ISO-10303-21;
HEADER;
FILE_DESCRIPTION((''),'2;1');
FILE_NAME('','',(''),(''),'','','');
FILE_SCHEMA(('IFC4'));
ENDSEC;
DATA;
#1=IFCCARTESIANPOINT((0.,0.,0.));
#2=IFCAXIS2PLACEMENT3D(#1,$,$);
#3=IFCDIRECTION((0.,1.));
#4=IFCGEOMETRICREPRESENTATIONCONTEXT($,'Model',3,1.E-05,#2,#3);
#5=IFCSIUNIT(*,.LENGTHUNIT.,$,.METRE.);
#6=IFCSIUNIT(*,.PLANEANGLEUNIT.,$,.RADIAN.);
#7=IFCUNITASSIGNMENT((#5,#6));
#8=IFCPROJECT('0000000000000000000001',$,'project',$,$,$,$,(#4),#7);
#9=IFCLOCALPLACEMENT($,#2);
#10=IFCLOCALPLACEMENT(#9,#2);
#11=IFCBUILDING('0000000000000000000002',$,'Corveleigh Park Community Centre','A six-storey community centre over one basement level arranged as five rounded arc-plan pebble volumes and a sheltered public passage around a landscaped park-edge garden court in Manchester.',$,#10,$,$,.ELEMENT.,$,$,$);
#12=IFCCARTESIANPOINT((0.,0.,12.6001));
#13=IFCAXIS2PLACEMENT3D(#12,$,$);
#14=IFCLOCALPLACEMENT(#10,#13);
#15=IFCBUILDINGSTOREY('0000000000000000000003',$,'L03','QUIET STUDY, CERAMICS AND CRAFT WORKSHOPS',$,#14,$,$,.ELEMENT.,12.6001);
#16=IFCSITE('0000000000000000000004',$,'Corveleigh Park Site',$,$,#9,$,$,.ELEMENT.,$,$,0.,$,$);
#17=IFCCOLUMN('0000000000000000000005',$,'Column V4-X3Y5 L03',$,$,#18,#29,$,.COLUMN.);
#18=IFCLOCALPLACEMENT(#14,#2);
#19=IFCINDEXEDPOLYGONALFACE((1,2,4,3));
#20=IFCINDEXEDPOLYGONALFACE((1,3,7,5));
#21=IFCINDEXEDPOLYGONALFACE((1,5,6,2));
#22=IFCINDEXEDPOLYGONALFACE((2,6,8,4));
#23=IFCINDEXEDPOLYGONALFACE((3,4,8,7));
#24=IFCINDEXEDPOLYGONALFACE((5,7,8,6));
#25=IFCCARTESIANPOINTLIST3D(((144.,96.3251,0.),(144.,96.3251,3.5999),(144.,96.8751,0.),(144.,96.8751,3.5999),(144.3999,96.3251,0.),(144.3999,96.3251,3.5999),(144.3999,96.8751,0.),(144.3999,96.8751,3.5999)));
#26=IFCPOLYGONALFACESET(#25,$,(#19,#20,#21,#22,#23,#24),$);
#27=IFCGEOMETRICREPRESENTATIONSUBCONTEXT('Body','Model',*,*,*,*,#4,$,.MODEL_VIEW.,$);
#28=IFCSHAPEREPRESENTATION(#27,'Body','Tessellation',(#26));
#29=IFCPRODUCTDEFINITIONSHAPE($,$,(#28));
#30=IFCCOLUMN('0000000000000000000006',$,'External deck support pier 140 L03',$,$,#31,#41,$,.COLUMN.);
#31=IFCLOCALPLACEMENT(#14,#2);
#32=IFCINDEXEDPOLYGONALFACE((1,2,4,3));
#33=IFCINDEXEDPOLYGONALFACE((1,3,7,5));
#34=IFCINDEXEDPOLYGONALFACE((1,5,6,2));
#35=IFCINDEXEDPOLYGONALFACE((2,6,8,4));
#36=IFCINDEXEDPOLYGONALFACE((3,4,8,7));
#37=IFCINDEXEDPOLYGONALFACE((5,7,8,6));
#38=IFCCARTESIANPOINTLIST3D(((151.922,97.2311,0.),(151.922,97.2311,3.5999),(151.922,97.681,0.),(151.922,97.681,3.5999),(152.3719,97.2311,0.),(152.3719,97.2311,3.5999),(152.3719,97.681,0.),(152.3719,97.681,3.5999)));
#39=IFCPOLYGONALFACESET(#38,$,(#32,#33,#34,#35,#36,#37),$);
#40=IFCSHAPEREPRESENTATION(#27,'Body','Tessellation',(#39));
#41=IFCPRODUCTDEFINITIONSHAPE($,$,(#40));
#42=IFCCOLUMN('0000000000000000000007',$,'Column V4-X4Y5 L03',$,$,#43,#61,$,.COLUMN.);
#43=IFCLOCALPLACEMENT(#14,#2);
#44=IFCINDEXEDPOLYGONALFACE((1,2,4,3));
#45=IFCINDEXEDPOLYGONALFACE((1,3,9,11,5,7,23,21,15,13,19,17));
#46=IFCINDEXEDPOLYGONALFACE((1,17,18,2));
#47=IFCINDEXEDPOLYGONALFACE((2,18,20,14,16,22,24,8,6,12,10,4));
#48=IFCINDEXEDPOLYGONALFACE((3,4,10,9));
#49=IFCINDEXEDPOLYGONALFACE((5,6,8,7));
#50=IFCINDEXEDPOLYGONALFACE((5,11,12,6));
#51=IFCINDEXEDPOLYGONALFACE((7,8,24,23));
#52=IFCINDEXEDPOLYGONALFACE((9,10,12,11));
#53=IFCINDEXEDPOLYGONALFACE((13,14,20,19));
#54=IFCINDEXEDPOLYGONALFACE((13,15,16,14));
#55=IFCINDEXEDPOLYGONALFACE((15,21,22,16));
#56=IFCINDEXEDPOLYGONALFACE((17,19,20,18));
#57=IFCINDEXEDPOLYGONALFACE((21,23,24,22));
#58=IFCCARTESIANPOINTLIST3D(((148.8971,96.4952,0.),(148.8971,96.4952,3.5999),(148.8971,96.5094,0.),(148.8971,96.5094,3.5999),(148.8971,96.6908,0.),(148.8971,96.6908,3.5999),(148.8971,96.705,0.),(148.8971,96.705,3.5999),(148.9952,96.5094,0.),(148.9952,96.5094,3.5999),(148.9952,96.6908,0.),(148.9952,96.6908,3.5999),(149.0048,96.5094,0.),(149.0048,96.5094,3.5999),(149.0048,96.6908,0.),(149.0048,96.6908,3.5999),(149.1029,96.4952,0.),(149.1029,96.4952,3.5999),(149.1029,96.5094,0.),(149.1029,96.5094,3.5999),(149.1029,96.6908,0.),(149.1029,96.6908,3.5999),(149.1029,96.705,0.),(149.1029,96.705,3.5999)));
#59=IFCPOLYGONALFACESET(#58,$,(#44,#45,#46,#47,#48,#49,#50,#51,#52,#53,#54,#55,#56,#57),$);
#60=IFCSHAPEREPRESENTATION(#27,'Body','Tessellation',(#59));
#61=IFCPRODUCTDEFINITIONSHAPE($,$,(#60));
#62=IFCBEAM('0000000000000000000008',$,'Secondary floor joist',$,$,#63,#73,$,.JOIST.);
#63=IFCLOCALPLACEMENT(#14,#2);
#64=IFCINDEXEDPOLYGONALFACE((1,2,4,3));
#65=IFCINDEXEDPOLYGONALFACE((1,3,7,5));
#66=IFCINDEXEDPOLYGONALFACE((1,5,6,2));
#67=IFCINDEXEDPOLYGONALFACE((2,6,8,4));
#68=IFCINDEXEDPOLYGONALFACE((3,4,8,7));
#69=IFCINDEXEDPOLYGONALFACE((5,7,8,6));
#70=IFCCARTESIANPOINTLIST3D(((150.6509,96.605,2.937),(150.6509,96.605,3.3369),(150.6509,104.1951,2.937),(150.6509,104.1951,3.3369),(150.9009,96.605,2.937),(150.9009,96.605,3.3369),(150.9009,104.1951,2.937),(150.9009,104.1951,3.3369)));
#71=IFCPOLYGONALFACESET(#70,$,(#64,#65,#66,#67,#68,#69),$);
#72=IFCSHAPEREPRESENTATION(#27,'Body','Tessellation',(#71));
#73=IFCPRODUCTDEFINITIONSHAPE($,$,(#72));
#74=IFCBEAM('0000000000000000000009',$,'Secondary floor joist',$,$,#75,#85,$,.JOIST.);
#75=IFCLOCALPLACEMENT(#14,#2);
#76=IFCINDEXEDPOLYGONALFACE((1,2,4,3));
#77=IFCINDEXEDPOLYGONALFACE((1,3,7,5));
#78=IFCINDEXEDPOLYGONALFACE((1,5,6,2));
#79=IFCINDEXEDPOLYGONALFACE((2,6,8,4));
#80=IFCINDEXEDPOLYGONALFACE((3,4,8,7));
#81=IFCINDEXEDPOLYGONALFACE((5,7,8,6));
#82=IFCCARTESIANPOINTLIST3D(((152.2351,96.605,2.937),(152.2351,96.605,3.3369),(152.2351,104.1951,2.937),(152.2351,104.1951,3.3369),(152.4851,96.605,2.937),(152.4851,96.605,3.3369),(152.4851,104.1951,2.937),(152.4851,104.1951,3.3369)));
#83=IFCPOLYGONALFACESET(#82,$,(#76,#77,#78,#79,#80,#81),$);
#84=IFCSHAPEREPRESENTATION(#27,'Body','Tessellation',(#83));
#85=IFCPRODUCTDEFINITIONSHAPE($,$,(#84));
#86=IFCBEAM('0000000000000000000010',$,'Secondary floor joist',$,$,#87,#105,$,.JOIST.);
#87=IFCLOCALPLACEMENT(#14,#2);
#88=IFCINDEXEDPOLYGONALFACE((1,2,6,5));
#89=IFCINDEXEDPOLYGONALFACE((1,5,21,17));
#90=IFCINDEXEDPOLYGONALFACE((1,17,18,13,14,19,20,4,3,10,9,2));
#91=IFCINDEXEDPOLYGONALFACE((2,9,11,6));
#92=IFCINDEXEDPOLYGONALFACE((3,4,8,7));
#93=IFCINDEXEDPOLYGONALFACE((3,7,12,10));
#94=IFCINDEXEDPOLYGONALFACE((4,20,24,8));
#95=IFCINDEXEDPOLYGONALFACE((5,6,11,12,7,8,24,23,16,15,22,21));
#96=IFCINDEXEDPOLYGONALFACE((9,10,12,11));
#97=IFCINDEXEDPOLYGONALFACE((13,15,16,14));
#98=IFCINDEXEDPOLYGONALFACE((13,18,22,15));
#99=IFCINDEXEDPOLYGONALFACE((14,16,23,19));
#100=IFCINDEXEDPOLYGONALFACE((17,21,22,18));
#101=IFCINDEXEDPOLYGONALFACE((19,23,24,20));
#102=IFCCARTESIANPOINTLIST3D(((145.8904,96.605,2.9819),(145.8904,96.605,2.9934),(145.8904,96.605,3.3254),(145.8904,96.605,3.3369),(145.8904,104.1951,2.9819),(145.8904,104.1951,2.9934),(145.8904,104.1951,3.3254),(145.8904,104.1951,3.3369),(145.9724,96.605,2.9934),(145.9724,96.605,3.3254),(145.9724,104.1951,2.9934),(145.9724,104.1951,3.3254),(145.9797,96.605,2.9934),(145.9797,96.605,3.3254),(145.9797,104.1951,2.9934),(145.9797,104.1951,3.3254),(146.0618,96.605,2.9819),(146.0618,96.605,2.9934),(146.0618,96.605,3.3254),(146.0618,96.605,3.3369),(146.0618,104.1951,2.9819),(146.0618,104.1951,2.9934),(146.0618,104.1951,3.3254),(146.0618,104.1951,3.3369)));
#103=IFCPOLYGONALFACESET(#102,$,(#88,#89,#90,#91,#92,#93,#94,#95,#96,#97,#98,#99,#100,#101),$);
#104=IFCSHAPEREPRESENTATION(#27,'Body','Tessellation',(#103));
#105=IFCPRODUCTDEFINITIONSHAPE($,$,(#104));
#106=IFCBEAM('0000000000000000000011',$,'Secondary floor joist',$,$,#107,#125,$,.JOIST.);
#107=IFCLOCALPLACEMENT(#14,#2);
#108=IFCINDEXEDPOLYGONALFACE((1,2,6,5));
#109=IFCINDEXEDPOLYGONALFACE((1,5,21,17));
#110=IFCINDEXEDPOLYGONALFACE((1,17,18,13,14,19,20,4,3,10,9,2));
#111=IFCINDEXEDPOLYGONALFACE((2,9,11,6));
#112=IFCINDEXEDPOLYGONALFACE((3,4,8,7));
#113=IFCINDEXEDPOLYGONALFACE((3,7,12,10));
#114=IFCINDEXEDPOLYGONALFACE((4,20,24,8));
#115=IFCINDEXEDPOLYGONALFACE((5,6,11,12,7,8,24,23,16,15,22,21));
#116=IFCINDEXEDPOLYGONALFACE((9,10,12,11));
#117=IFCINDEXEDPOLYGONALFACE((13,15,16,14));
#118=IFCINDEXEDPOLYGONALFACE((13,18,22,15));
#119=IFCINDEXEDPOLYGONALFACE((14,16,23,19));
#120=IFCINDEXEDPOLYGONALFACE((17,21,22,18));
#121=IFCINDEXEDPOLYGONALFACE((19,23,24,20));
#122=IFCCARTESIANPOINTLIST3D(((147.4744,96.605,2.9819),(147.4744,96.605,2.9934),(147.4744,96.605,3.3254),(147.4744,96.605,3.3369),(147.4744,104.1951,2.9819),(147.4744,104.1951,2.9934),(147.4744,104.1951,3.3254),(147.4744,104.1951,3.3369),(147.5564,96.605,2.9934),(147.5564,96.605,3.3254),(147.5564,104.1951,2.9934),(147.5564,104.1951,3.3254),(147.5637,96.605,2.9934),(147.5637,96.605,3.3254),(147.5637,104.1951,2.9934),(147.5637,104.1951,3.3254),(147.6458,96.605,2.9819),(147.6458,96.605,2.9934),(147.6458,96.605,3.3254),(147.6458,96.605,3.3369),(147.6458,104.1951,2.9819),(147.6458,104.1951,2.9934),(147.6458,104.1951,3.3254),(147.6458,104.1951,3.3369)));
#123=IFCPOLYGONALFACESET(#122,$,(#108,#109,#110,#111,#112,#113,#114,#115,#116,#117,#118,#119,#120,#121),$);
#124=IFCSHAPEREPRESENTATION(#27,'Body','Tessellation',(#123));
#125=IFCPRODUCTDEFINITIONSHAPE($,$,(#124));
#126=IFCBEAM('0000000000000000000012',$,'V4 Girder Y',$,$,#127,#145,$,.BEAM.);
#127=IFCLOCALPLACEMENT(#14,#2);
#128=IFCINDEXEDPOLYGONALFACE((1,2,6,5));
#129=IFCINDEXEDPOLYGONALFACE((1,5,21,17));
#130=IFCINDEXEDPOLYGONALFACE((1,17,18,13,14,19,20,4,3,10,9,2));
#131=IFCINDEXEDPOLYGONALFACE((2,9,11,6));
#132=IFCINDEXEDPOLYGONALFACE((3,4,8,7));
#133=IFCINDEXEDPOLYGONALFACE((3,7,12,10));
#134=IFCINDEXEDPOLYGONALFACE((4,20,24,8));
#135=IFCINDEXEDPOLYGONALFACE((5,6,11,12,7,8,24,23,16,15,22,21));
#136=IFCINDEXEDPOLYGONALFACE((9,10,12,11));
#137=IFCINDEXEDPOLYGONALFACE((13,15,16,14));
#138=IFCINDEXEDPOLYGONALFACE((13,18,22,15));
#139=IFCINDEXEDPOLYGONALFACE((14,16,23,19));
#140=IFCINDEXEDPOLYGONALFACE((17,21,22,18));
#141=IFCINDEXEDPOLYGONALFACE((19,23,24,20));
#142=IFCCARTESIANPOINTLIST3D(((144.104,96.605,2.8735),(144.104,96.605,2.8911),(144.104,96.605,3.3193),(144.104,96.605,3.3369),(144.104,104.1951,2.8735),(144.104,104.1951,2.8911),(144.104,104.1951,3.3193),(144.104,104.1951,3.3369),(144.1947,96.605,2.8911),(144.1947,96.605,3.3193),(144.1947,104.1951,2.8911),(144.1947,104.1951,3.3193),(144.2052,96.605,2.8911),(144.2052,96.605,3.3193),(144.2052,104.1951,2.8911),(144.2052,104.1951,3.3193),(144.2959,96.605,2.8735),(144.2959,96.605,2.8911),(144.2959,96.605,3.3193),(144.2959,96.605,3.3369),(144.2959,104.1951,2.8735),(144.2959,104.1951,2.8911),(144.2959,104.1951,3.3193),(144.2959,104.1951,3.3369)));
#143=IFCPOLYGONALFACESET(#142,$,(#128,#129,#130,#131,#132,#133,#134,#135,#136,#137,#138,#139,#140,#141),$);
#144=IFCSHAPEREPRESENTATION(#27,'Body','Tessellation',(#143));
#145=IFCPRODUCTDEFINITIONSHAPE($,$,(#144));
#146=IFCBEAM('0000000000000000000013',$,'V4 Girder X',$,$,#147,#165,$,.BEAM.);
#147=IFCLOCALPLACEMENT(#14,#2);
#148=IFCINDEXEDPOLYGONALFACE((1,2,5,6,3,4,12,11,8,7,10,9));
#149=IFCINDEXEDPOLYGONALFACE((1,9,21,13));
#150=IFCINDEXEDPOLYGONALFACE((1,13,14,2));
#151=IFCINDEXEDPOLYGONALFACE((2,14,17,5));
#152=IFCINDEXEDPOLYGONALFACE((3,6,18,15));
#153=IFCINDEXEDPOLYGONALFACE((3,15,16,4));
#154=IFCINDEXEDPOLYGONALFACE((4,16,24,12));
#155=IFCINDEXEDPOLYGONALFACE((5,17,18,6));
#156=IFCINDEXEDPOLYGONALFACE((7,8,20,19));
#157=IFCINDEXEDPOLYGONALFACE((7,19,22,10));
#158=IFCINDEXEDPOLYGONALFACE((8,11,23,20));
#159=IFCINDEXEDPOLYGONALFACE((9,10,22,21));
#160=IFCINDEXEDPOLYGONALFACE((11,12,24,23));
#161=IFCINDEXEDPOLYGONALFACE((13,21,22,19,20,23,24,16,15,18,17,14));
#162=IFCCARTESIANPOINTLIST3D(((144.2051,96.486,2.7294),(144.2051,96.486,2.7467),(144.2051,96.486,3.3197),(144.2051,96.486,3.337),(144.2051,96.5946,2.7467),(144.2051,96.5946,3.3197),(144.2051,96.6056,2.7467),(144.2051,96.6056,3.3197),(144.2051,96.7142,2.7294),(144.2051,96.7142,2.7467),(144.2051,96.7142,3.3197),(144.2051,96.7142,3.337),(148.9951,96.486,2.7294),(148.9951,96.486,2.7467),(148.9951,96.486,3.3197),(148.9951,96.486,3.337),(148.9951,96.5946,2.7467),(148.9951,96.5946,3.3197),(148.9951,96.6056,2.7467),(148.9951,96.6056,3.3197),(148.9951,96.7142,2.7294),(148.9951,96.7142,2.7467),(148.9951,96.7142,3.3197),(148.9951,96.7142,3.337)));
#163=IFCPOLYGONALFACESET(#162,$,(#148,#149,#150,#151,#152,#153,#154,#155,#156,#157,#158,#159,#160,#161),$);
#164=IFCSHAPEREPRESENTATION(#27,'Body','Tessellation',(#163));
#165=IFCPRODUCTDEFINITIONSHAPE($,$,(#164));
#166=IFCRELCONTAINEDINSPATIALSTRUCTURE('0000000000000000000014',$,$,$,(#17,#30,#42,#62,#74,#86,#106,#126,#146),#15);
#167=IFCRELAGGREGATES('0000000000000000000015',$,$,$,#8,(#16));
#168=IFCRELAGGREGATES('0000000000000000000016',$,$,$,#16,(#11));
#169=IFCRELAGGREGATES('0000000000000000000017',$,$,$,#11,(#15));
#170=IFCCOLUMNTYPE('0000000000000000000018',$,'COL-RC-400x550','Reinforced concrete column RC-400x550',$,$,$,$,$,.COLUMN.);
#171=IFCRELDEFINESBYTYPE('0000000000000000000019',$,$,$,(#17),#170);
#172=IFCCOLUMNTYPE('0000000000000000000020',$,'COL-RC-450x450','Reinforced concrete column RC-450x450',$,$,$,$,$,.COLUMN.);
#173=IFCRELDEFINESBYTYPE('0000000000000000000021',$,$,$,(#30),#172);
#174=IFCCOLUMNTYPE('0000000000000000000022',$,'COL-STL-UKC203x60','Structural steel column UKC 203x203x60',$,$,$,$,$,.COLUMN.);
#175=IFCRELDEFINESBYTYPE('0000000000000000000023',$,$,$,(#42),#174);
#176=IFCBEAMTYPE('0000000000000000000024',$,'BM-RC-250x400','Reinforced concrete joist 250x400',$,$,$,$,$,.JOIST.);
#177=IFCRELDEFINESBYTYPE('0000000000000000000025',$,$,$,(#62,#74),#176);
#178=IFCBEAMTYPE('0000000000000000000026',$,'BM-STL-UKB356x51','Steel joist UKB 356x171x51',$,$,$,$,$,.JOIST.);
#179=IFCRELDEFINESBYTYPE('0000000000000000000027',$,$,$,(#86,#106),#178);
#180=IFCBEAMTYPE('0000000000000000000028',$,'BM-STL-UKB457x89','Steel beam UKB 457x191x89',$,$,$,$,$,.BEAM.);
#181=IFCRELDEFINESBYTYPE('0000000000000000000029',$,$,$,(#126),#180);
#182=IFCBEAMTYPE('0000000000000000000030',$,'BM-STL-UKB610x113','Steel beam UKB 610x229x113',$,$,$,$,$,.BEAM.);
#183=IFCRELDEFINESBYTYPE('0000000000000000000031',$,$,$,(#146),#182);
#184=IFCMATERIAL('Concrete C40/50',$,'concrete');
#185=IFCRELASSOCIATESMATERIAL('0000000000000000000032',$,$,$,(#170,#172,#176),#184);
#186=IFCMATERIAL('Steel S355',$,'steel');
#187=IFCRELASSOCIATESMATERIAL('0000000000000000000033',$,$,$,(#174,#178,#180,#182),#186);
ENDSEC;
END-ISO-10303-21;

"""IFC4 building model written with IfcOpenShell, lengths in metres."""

from ifc_helpers import new_model, si_unit, direction, frame, origin, origin_2d, place, context, subcontext, project, spatial, rectangle, i_section, extrude, material, material_profile, profile_set, type_object, element, save


model = new_model("IFC4")

# Units and contexts
model_context = context("Model", 3, precision=1e-05, world=origin(), true_north=direction((0.0, 1.0)))
body_context = subcontext(model_context, "Body", "Model", "MODEL_VIEW")
ifc_project = project(units=[si_unit("LENGTHUNIT", "METRE"), si_unit("PLANEANGLEUNIT", "RADIAN")], contexts=[model_context])

# Site, building, storey
site_placement = place(None, origin())
site = spatial("IfcSite", under=ifc_project, at=site_placement, Name="Corveleigh Park Site", CompositionType="ELEMENT", RefElevation=0.0)
building_placement = place(site_placement, origin())
building = spatial("IfcBuilding", under=site, at=building_placement, Name="Corveleigh Park Community Centre", Description="A six-storey community centre over one basement level arranged as five rounded arc-plan pebble volumes and a sheltered public passage around a landscaped park-edge garden court in Manchester.", CompositionType="ELEMENT")
storey_placement = place(building_placement, frame((0.0, 0.0, 12.6001)))
storey = spatial("IfcBuildingStorey", under=building, at=storey_placement, Name="L03", Description="QUIET STUDY, CERAMICS AND CRAFT WORKSHOPS", CompositionType="ELEMENT", Elevation=12.6001)

# Columns
ifc_material_1 = material(Name="Concrete C40/50", Category="concrete")
ifc_material_profile_1 = material_profile(ifc_material_1, rectangle(XDim=0.3999, YDim=0.55, at=origin_2d()), Name="RC-400x550", Category="concrete")
ifc_profile_set_1 = profile_set([ifc_material_profile_1], Name="Concrete C40/50")
column_type_1 = type_object("IfcColumnType", Name="COL-RC-400x550", Description="Reinforced concrete column RC-400x550", PredefinedType="COLUMN", material=ifc_profile_set_1)
column_1_placement = place(storey_placement, frame((144.2, 96.6001, 0.0), z_axis=(0.0, 0.0, 1.0), x_axis=(1.0, 0.0, 0.0)))
element("IfcColumn", 1, at=column_1_placement, inside=storey, type_object=column_type_1, Name="Column V4-X3Y5 L03", PredefinedType="COLUMN", context=body_context, shape_type="SweptSolid", body=[
    extrude(rectangle(XDim=0.3999, YDim=0.55, at=origin_2d()), origin(), (0.0, 0.0, 1.0), 3.5999),
])
ifc_material_profile_2 = material_profile(ifc_material_1, rectangle(XDim=0.45, YDim=0.45, at=origin_2d()), Name="RC-450x450", Category="concrete")
ifc_profile_set_2 = profile_set([ifc_material_profile_2], Name="Concrete C40/50")
column_type_2 = type_object("IfcColumnType", Name="COL-RC-450x450", Description="Reinforced concrete column RC-450x450", PredefinedType="COLUMN", material=ifc_profile_set_2)
column_2_placement = place(storey_placement, frame((152.147, 97.4561, 0.0), z_axis=(0.0, 0.0, 1.0), x_axis=(1.0, 0.0, 0.0)))
element("IfcColumn", 2, at=column_2_placement, inside=storey, type_object=column_type_2, Name="External deck support pier 140 L03", PredefinedType="COLUMN", context=body_context, shape_type="SweptSolid", body=[
    extrude(rectangle(XDim=0.45, YDim=0.45, at=origin_2d()), origin(), (0.0, 0.0, 1.0), 3.5999),
])
ifc_material_2 = material(Name="Steel S355", Category="steel")
ifc_material_profile_3 = material_profile(ifc_material_2, i_section(OverallWidth=0.2058, OverallDepth=0.2097, WebThickness=0.0095, FlangeThickness=0.0142, at=origin_2d()), Name="UKC 203x203x60", Category="steel")
ifc_profile_set_3 = profile_set([ifc_material_profile_3], Name="Steel S355")
column_type_3 = type_object("IfcColumnType", Name="COL-STL-UKC203x60", Description="Structural steel column UKC 203x203x60", PredefinedType="COLUMN", material=ifc_profile_set_3)
column_3_placement = place(storey_placement, frame((149.0, 96.6001, 0.0), z_axis=(0.0, 0.0, 1.0), x_axis=(1.0, 0.0, 0.0)))
element("IfcColumn", 3, at=column_3_placement, inside=storey, type_object=column_type_3, Name="Column V4-X4Y5 L03", PredefinedType="COLUMN", context=body_context, shape_type="SweptSolid", body=[
    extrude(i_section(OverallWidth=0.2058, OverallDepth=0.2097, WebThickness=0.0095, FlangeThickness=0.0142, at=origin_2d()), origin(), (0.0, 0.0, 1.0), 3.5999),
])

# Beams
ifc_material_profile_4 = material_profile(ifc_material_1, rectangle(XDim=0.25, YDim=0.3999, at=origin_2d()), Name="RC-250x400", Category="concrete")
ifc_profile_set_4 = profile_set([ifc_material_profile_4], Name="Concrete C40/50")
beam_type_1 = type_object("IfcBeamType", Name="BM-RC-250x400", Description="Reinforced concrete joist 250x400", PredefinedType="JOIST", material=ifc_profile_set_4)
for number, where, z_axis, x_axis, name in (
    (4, (150.7759, 96.605, 3.137), (0.0, 1.0, 0.0), (-1.0, 0.0, 0.0), "Secondary floor joist"),
    (5, (152.3601, 96.605, 3.137), (0.0, 1.0, 0.0), (-1.0, 0.0, 0.0), "Secondary floor joist"),
):
    element("IfcBeam", number, at=place(storey_placement, frame(where, z_axis=z_axis, x_axis=x_axis)), inside=storey, type_object=beam_type_1, Name=name, PredefinedType="JOIST", context=body_context, shape_type="SweptSolid", body=[
        extrude(rectangle(XDim=0.25, YDim=0.3999, at=origin_2d()), origin(), (0.0, 0.0, 1.0), 7.5901),
    ])
ifc_material_profile_5 = material_profile(ifc_material_2, i_section(OverallWidth=0.1714, OverallDepth=0.355, WebThickness=0.0073, FlangeThickness=0.0115, at=origin_2d()), Name="UKB 356x171x51", Category="steel")
ifc_profile_set_5 = profile_set([ifc_material_profile_5], Name="Steel S355")
beam_type_2 = type_object("IfcBeamType", Name="BM-STL-UKB356x51", Description="Steel joist UKB 356x171x51", PredefinedType="JOIST", material=ifc_profile_set_5)
for number, where, z_axis, x_axis, name in (
    (6, (145.9761, 96.605, 3.1594), (0.0, 1.0, 0.0), (-1.0, 0.0, 0.0), "Secondary floor joist"),
    (7, (147.5601, 96.605, 3.1594), (0.0, 1.0, 0.0), (-1.0, 0.0, 0.0), "Secondary floor joist"),
):
    element("IfcBeam", number, at=place(storey_placement, frame(where, z_axis=z_axis, x_axis=x_axis)), inside=storey, type_object=beam_type_2, Name=name, PredefinedType="JOIST", context=body_context, shape_type="SweptSolid", body=[
        extrude(i_section(OverallWidth=0.1714, OverallDepth=0.355, WebThickness=0.0073, FlangeThickness=0.0115, at=origin_2d()), origin(), (0.0, 0.0, 1.0), 7.5901),
    ])
ifc_material_profile_6 = material_profile(ifc_material_2, i_section(OverallWidth=0.1919, OverallDepth=0.4634, WebThickness=0.0105, FlangeThickness=0.0176, at=origin_2d()), Name="UKB 457x191x89", Category="steel")
ifc_profile_set_6 = profile_set([ifc_material_profile_6], Name="Steel S355")
beam_type_3 = type_object("IfcBeamType", Name="BM-STL-UKB457x89", Description="Steel beam UKB 457x191x89", PredefinedType="BEAM", material=ifc_profile_set_6)
beam_1_placement = place(storey_placement, frame((144.2, 96.605, 3.1052), z_axis=(0.0, 1.0, 0.0), x_axis=(-1.0, 0.0, 0.0)))
element("IfcBeam", 8, at=beam_1_placement, inside=storey, type_object=beam_type_3, Name="V4 Girder Y", PredefinedType="BEAM", context=body_context, shape_type="SweptSolid", body=[
    extrude(i_section(OverallWidth=0.1919, OverallDepth=0.4634, WebThickness=0.0105, FlangeThickness=0.0176, at=origin_2d()), origin(), (0.0, 0.0, 1.0), 7.5901),
])
ifc_material_profile_7 = material_profile(ifc_material_2, i_section(OverallWidth=0.2283, OverallDepth=0.6077, WebThickness=0.011, FlangeThickness=0.0173, at=origin_2d()), Name="UKB 610x229x113", Category="steel")
ifc_profile_set_7 = profile_set([ifc_material_profile_7], Name="Steel S355")
beam_type_4 = type_object("IfcBeamType", Name="BM-STL-UKB610x113", Description="Steel beam UKB 610x229x113", PredefinedType="BEAM", material=ifc_profile_set_7)
beam_2_placement = place(storey_placement, frame((144.2051, 96.6001, 3.0332), z_axis=(1.0, 0.0, 0.0), x_axis=(0.0, 1.0, 0.0)))
element("IfcBeam", 9, at=beam_2_placement, inside=storey, type_object=beam_type_4, Name="V4 Girder X", PredefinedType="BEAM", context=body_context, shape_type="SweptSolid", body=[
    extrude(i_section(OverallWidth=0.2283, OverallDepth=0.6077, WebThickness=0.011, FlangeThickness=0.0173, at=origin_2d()), origin(), (0.0, 0.0, 1.0), 4.79),
])

save(model, "model.ifc")
